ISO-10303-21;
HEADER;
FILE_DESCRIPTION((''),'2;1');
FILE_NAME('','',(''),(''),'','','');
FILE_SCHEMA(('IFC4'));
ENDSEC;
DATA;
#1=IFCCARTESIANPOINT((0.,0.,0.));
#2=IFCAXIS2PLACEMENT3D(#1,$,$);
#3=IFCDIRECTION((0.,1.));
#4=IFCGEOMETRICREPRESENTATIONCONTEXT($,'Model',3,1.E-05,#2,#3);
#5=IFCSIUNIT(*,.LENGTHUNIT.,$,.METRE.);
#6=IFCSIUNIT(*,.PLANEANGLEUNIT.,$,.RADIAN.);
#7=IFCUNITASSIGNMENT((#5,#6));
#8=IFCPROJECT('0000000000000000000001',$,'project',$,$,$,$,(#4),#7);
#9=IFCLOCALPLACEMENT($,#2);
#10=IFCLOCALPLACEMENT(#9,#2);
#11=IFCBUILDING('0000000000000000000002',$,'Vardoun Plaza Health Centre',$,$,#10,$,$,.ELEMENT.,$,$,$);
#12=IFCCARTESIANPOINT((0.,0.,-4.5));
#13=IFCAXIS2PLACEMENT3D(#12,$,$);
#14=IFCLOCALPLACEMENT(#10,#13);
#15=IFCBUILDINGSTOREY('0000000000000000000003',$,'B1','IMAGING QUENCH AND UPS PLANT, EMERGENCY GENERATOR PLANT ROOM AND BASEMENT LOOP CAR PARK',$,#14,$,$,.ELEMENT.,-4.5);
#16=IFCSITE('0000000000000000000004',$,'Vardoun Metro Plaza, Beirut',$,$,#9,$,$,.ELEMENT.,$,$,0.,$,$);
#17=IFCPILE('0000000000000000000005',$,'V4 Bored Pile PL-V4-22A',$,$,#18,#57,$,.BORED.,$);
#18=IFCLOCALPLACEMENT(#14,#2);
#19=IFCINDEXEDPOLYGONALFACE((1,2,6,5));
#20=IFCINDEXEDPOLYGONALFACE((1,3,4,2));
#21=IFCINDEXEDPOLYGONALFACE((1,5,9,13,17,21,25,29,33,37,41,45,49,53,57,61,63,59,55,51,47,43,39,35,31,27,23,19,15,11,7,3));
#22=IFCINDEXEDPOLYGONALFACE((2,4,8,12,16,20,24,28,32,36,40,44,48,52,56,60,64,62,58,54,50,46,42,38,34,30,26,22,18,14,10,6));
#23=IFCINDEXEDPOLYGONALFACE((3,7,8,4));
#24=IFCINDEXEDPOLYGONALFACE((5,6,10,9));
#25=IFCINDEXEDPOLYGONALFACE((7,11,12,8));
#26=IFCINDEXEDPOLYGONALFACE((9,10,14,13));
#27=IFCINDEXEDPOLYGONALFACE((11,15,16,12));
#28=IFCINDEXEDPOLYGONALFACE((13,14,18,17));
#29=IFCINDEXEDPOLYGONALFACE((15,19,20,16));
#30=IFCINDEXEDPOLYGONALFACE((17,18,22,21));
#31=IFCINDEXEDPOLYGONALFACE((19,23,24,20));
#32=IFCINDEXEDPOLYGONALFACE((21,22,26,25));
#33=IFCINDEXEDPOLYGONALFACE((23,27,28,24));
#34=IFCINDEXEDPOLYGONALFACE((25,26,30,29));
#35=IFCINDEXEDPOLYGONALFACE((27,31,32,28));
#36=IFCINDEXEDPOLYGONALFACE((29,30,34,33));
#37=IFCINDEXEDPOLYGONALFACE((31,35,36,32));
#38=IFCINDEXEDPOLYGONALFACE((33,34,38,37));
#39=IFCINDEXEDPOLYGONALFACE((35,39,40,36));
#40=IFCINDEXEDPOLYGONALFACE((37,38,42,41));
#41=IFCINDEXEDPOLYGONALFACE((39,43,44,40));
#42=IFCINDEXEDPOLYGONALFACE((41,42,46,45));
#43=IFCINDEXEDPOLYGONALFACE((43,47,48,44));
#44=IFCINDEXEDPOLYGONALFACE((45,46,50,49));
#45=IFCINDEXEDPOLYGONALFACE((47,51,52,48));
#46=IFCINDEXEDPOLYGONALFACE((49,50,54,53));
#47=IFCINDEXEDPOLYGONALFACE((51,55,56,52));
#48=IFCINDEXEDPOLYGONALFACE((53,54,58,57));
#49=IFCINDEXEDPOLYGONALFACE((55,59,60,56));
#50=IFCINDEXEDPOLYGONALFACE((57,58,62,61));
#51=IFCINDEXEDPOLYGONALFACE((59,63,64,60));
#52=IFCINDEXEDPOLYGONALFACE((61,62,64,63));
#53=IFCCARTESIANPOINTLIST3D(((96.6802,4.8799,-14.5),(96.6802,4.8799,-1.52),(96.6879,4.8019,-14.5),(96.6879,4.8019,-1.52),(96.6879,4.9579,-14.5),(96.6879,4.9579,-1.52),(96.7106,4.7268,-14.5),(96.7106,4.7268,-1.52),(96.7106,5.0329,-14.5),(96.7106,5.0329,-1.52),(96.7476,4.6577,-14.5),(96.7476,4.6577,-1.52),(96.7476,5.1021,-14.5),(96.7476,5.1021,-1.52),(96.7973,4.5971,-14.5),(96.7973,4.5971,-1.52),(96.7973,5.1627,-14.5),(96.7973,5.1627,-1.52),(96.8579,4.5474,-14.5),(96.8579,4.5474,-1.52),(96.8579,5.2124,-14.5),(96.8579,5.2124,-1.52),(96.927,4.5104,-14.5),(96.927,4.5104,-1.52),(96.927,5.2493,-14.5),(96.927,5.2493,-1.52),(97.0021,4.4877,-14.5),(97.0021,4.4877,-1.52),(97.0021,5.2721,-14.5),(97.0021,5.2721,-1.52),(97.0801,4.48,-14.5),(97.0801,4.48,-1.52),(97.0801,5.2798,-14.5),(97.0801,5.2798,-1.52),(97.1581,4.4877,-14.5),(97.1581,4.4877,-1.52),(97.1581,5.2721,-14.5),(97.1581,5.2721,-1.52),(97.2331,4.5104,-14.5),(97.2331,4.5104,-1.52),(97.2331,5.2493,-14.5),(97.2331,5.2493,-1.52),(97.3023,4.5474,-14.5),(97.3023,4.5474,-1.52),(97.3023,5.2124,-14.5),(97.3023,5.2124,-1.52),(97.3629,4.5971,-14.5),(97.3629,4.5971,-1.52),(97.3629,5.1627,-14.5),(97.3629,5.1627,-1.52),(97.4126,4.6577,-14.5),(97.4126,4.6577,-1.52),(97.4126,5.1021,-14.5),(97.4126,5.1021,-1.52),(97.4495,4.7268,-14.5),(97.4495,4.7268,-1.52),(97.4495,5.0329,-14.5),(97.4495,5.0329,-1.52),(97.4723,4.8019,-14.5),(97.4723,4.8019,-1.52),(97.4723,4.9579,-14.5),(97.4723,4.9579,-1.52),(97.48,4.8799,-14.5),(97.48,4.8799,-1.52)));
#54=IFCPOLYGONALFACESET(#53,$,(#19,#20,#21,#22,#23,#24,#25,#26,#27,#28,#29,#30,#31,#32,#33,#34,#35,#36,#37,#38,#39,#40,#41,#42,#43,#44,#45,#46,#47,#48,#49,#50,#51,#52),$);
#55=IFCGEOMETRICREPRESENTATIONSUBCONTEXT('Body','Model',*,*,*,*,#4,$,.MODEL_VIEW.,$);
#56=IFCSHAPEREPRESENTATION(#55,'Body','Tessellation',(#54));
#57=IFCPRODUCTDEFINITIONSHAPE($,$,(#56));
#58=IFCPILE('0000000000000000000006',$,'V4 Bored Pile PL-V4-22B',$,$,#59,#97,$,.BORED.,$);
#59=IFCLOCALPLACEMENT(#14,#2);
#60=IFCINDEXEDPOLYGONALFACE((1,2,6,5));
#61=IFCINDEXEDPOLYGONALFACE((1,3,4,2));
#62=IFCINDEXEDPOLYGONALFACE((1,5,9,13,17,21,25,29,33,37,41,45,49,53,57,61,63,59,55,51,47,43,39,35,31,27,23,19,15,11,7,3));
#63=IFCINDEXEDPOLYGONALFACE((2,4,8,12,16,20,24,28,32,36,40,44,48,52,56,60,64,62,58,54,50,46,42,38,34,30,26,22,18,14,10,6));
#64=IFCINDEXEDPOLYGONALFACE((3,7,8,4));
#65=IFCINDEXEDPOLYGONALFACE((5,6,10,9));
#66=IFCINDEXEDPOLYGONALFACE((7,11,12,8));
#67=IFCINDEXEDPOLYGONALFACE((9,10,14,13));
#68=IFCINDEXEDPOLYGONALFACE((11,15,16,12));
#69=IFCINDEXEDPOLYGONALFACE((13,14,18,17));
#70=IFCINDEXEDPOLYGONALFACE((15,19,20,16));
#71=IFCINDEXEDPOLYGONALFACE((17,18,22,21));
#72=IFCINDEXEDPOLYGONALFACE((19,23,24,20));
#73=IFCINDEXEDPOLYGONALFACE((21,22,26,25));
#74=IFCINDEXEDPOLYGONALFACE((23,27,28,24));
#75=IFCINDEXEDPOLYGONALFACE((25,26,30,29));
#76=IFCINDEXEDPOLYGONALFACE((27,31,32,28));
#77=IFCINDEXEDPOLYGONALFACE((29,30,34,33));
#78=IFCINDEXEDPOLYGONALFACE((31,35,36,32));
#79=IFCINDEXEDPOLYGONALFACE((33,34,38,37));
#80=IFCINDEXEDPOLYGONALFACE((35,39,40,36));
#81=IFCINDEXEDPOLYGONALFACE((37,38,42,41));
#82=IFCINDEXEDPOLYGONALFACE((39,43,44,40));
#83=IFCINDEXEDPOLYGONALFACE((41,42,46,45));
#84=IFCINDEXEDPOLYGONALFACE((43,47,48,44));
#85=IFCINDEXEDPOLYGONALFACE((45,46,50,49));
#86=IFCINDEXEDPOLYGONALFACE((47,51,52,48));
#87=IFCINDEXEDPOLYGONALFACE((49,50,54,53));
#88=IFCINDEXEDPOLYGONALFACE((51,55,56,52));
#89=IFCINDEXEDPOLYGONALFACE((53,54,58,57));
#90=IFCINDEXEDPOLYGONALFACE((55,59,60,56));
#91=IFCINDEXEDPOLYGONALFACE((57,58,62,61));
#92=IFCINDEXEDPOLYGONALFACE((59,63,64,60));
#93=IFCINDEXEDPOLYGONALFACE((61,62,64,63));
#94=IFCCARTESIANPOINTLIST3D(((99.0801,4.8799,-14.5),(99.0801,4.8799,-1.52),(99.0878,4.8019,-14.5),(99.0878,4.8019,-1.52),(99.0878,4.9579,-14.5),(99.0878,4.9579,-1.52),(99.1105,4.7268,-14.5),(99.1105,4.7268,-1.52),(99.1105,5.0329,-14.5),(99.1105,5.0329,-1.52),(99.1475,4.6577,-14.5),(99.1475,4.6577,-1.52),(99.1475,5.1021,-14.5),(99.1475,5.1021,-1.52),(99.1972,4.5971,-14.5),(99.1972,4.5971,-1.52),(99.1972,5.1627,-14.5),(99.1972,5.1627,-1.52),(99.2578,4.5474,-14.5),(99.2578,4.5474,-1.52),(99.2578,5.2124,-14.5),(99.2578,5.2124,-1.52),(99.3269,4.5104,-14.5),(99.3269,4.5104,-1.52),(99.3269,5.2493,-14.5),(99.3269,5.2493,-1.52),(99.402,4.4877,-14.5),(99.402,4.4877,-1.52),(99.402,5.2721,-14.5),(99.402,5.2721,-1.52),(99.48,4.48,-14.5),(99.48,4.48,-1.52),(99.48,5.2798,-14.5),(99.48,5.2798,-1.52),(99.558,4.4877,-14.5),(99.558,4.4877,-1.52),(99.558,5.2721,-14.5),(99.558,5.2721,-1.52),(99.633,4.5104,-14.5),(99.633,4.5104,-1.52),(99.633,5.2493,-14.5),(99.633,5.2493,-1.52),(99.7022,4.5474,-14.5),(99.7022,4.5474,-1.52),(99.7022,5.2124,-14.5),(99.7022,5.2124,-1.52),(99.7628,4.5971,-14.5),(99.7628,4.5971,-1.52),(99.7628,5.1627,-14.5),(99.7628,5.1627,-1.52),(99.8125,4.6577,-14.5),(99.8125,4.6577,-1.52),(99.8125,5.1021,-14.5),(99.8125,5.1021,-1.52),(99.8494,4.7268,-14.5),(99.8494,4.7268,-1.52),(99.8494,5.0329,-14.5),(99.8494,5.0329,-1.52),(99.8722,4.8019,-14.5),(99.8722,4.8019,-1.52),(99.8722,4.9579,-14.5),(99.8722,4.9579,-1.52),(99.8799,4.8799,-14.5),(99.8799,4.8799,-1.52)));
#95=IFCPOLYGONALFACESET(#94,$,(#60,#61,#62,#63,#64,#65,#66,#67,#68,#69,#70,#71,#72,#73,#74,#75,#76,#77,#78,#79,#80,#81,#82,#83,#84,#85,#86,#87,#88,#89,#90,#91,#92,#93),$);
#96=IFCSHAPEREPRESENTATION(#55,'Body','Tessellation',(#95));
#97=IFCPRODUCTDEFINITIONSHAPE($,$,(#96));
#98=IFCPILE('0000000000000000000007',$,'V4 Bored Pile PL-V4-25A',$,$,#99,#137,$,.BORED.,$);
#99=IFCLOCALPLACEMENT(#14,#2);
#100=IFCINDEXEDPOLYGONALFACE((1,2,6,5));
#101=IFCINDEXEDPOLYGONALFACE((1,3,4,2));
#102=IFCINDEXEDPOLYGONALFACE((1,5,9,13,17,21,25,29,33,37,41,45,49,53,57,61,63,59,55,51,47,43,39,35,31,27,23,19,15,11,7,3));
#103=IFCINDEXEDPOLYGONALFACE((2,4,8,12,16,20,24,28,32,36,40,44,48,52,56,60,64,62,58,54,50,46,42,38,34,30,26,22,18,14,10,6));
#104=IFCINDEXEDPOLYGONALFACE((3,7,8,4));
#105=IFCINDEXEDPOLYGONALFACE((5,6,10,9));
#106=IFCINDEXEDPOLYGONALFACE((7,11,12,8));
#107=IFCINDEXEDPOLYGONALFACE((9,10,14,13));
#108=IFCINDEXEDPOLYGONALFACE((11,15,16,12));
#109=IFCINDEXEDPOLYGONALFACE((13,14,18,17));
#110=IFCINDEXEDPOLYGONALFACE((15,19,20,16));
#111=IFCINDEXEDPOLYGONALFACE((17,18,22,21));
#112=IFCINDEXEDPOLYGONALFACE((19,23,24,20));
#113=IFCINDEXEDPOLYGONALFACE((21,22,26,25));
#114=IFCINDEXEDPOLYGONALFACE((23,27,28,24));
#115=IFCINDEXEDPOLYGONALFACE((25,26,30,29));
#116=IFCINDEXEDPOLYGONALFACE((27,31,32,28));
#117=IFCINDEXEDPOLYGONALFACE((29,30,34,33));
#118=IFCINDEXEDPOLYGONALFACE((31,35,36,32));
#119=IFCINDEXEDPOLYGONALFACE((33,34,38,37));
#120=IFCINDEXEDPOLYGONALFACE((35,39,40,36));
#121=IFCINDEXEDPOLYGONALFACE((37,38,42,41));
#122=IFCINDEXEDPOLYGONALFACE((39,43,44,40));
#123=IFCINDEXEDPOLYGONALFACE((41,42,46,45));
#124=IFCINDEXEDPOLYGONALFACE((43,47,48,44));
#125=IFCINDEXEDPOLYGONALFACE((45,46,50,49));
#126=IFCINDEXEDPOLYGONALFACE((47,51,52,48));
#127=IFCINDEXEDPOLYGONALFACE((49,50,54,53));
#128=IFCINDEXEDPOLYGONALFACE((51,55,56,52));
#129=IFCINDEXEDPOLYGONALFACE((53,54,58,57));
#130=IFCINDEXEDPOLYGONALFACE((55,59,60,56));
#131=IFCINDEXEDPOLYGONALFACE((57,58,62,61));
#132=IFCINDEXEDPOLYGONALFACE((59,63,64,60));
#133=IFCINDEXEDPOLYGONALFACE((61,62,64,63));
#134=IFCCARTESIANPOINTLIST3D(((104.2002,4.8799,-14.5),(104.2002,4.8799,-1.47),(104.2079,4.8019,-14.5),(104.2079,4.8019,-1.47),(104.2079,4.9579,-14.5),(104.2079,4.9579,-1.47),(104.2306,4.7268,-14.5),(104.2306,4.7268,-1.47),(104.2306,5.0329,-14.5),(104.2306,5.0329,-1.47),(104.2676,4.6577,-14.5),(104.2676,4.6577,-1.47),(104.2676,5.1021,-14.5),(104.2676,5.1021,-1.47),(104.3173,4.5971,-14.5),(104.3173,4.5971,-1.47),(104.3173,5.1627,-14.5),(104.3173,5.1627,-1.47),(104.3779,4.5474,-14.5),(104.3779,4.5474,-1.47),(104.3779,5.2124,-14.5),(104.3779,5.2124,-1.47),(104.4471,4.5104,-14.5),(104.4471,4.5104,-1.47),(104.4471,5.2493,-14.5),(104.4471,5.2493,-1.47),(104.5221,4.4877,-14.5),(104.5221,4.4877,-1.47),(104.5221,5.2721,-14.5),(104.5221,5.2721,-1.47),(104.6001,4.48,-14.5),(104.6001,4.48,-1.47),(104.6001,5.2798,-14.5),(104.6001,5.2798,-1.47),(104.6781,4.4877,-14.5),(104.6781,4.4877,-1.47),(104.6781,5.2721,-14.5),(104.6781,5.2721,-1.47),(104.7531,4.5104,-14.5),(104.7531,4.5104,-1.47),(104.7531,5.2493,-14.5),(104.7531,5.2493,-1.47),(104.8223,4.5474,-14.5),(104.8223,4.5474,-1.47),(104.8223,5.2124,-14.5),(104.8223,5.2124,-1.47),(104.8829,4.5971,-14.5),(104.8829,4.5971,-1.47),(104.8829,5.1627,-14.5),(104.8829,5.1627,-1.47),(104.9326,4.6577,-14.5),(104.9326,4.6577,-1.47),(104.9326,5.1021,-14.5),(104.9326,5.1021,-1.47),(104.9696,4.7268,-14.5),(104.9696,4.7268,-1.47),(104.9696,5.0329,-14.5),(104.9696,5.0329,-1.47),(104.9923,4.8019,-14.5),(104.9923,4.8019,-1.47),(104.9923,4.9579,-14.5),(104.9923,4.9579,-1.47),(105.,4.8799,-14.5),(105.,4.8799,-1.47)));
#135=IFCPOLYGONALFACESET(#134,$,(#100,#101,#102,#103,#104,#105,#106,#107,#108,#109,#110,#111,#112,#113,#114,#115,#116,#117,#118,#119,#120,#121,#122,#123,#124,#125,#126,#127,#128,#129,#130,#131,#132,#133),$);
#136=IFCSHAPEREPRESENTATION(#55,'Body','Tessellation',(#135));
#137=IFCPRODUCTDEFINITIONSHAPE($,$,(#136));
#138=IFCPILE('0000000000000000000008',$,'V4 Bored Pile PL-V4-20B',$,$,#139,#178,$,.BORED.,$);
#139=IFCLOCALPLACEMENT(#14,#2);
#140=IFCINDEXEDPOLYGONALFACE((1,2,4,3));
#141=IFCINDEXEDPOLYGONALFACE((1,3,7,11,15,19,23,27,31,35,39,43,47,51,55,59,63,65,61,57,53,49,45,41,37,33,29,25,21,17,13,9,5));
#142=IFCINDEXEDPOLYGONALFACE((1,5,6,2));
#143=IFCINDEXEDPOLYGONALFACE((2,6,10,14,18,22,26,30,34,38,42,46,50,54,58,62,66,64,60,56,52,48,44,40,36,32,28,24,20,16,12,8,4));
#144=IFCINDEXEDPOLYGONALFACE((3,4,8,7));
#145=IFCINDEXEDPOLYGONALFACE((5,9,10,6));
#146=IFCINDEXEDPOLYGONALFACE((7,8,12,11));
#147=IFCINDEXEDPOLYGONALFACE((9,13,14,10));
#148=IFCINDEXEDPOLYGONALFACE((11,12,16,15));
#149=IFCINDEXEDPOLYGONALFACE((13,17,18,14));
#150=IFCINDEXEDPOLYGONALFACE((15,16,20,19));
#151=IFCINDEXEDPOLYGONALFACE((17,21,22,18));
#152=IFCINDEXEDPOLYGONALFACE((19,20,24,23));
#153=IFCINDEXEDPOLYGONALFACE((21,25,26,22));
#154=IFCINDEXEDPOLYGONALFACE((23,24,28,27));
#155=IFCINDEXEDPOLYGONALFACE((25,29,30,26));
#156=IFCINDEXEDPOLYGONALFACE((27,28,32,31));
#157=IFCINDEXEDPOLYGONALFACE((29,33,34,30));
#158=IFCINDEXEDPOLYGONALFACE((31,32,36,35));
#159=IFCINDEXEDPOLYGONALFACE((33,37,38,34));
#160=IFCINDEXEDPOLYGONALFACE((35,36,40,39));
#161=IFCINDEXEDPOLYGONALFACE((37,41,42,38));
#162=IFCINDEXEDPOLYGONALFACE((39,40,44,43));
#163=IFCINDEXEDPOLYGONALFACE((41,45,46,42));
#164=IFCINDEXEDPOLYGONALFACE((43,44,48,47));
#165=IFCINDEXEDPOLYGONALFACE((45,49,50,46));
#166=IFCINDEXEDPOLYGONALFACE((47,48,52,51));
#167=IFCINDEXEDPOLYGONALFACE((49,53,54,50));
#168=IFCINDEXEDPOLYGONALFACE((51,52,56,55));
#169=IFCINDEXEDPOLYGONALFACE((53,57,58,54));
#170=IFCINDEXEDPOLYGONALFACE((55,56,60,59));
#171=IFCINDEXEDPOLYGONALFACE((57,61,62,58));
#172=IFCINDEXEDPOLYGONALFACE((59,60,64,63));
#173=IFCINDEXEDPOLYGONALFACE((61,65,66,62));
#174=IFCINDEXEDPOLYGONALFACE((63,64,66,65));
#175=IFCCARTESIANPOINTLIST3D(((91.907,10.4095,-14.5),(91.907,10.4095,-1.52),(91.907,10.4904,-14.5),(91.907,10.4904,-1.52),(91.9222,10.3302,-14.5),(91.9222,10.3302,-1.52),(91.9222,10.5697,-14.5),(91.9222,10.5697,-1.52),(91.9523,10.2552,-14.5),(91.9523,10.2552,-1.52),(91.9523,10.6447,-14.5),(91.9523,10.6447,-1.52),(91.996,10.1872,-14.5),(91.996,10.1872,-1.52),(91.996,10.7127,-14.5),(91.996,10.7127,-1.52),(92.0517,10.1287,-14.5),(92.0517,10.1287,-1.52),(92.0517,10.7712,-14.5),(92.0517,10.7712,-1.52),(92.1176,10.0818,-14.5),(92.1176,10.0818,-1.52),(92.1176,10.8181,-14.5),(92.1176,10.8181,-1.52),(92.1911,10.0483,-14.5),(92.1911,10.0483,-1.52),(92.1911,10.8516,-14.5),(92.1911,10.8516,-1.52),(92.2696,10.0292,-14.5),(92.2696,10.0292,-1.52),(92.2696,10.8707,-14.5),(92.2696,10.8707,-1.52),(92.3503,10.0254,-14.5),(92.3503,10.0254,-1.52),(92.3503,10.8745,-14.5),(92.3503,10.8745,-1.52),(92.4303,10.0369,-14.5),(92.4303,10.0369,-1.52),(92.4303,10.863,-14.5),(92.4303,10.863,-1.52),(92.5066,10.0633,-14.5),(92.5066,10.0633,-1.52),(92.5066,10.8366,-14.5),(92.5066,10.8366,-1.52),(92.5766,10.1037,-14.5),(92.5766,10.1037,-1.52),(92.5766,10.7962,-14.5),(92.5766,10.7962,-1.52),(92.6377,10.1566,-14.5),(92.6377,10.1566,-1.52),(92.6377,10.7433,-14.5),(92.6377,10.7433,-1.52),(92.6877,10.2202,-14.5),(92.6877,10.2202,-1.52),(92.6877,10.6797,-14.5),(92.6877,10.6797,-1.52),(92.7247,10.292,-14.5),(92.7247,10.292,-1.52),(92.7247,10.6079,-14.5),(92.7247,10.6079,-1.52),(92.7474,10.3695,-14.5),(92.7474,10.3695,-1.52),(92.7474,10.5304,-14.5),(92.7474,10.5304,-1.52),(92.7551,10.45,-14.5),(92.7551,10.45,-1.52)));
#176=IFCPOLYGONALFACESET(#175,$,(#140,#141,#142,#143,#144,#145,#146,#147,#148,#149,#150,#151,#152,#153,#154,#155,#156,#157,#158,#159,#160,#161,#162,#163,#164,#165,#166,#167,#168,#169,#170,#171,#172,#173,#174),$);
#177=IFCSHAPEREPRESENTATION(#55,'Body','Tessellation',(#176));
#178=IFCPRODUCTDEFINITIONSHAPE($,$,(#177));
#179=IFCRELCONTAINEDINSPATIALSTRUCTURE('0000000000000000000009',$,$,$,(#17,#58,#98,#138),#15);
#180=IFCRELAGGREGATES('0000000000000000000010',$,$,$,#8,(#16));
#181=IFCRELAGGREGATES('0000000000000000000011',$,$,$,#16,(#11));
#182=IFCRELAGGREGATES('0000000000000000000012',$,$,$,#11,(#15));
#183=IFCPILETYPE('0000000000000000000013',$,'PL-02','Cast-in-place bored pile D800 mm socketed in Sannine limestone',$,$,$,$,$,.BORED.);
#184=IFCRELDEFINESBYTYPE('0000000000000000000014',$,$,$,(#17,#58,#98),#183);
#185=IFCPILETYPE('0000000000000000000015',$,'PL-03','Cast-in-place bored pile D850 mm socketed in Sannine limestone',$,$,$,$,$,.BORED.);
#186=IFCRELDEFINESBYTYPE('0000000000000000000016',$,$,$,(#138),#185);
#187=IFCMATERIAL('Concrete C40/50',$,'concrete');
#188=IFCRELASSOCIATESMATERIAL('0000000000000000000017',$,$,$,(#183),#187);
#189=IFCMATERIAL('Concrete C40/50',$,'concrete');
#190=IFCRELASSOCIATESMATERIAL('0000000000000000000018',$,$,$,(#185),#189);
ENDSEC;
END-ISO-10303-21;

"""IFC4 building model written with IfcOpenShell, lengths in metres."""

from ifc_helpers import new_model, si_unit, direction, frame, origin, origin_2d, place, context, subcontext, project, spatial, circle, extrude, material, material_profile, profile_set, type_object, element, save


model = new_model("IFC4")

# Units and contexts
model_context = context("Model", 3, precision=1e-05, world=origin(), true_north=direction((0.0, 1.0)))
body_context = subcontext(model_context, "Body", "Model", "MODEL_VIEW")
ifc_project = project(units=[si_unit("LENGTHUNIT", "METRE"), si_unit("PLANEANGLEUNIT", "RADIAN")], contexts=[model_context])

# Site, building, storey
site_placement = place(None, origin())
site = spatial("IfcSite", under=ifc_project, at=site_placement, Name="Vardoun Metro Plaza, Beirut", CompositionType="ELEMENT", RefElevation=0.0)
building_placement = place(site_placement, origin())
building = spatial("IfcBuilding", under=site, at=building_placement, Name="Vardoun Plaza Health Centre", CompositionType="ELEMENT")
storey_placement = place(building_placement, frame((0.0, 0.0, -4.5)))
storey = spatial("IfcBuildingStorey", under=building, at=storey_placement, Name="B1", Description="IMAGING QUENCH AND UPS PLANT, EMERGENCY GENERATOR PLANT ROOM AND BASEMENT LOOP CAR PARK", CompositionType="ELEMENT", Elevation=-4.5)

# Piles
ifc_material_1 = material(Name="Concrete C40/50", Category="concrete")
ifc_material_profile_1 = material_profile(ifc_material_1, circle(Radius=0.3999, at=origin_2d()), Name="PILE D800")
ifc_profile_set_1 = profile_set([ifc_material_profile_1], Name="Concrete C40/50")
pile_type_1 = type_object("IfcPileType", Name="PL-02", Description="Cast-in-place bored pile D800 mm socketed in Sannine limestone", PredefinedType="BORED", material=ifc_profile_set_1)
for number, where, z_axis, x_axis, name in (
    (1, (97.0801, 4.8799, -1.52), (0.0, 0.0, -1.0), (1.0, 0.0, 0.0), "V4 Bored Pile PL-V4-22A"),
    (2, (99.48, 4.8799, -1.52), (0.0, 0.0, -1.0), (1.0, 0.0, 0.0), "V4 Bored Pile PL-V4-22B"),
):
    element("IfcPile", number, at=place(storey_placement, frame(where, z_axis=z_axis, x_axis=x_axis)), inside=storey, type_object=pile_type_1, Name=name, PredefinedType="BORED", context=body_context, shape_type="SweptSolid", body=[
        extrude(circle(Radius=0.3999, at=origin_2d()), origin(), (0.0, 0.0, 1.0), 12.98),
    ])
pile_1_placement = place(storey_placement, frame((104.6001, 4.8799, -1.47), z_axis=(0.0, 0.0, -1.0), x_axis=(1.0, 0.0, 0.0)))
element("IfcPile", 3, at=pile_1_placement, inside=storey, type_object=pile_type_1, Name="V4 Bored Pile PL-V4-25A", PredefinedType="BORED", context=body_context, shape_type="SweptSolid", body=[
    extrude(circle(Radius=0.3999, at=origin_2d()), origin(), (0.0, 0.0, 1.0), 13.03),
])
ifc_material_2 = material(Name="Concrete C40/50", Category="concrete")
ifc_material_profile_2 = material_profile(ifc_material_2, circle(Radius=0.425, at=origin_2d()), Name="PILE D850")
ifc_profile_set_2 = profile_set([ifc_material_profile_2], Name="Concrete C40/50")
pile_type_2 = type_object("IfcPileType", Name="PL-03", Description="Cast-in-place bored pile D850 mm socketed in Sannine limestone", PredefinedType="BORED", material=ifc_profile_set_2)
pile_2_placement = place(storey_placement, frame((92.3301, 10.45, -1.52), z_axis=(0.0, 0.0, -1.0), x_axis=(1.0, 0.0, 0.0)))
element("IfcPile", 4, at=pile_2_placement, inside=storey, type_object=pile_type_2, Name="V4 Bored Pile PL-V4-20B", PredefinedType="BORED", context=body_context, shape_type="SweptSolid", body=[
    extrude(circle(Radius=0.425, at=origin_2d()), origin(), (0.0, 0.0, 1.0), 12.98),
])

save(model, "model.ifc")
